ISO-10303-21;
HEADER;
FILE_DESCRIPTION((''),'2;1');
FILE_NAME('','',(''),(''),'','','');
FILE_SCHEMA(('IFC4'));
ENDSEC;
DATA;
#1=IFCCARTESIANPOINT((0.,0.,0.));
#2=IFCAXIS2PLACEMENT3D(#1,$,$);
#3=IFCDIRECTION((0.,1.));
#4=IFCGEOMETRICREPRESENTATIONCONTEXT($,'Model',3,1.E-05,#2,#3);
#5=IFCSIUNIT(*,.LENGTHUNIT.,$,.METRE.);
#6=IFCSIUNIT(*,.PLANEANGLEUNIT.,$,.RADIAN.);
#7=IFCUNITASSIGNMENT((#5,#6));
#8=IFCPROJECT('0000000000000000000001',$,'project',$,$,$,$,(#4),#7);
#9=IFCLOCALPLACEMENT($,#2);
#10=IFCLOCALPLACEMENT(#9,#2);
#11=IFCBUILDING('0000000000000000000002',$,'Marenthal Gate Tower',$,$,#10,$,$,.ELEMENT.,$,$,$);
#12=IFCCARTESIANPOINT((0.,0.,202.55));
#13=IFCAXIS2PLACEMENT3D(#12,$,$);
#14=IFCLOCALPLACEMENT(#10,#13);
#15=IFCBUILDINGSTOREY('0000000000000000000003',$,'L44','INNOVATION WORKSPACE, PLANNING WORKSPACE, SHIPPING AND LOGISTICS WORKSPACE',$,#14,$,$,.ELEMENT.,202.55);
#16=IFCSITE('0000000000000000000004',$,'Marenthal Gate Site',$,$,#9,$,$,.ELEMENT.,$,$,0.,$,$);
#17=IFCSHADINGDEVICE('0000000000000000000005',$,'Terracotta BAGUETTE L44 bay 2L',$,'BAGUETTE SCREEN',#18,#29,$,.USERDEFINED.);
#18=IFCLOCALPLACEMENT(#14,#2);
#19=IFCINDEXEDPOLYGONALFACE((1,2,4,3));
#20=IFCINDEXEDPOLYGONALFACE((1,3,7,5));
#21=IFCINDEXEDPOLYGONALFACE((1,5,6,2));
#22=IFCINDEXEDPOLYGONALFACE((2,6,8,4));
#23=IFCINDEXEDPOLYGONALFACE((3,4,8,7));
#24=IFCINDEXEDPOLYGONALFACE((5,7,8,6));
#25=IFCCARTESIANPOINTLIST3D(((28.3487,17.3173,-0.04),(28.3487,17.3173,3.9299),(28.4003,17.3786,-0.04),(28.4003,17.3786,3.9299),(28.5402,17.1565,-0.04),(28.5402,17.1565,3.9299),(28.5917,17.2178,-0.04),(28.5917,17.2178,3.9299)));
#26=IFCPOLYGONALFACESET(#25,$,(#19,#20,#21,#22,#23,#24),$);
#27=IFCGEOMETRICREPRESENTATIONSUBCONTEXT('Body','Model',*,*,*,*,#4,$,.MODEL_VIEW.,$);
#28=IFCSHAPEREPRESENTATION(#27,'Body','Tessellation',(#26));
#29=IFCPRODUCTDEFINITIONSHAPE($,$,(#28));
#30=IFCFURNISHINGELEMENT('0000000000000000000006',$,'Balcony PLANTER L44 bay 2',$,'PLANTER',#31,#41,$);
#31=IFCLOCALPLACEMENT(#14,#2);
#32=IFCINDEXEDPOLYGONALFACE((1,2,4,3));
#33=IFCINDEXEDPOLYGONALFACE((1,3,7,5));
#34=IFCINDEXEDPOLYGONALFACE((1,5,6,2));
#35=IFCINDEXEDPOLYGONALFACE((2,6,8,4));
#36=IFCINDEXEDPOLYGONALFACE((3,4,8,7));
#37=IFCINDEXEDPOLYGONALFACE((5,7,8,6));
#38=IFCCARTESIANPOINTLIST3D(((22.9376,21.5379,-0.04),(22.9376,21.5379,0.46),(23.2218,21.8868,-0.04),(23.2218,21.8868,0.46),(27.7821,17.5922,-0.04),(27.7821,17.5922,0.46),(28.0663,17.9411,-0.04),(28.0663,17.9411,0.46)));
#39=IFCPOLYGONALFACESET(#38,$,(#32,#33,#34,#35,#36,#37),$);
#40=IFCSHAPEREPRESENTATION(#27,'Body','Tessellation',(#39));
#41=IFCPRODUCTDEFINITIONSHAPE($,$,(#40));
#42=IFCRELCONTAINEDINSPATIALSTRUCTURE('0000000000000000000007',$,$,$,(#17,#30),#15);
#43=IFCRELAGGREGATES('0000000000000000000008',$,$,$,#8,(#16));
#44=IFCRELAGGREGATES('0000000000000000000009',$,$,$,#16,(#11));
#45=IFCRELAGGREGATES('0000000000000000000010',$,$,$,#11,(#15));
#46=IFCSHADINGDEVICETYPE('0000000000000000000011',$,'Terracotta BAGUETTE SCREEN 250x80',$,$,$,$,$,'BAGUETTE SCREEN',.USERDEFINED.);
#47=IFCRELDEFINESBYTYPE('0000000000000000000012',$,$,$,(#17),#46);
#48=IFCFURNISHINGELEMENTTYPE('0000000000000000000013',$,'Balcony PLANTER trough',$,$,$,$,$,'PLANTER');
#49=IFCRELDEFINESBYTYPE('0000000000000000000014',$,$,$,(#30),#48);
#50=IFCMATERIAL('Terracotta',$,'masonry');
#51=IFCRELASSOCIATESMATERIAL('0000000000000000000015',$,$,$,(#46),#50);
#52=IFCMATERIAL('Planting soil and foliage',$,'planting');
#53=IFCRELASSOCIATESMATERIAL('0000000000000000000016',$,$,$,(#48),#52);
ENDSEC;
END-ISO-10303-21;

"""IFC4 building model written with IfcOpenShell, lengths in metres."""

from ifc_helpers import new_model, si_unit, direction, frame, origin, origin_2d, place, context, subcontext, project, spatial, rectangle, extrude, material, material_profile, profile_set, type_object, element, save


model = new_model("IFC4")

# Units and contexts
model_context = context("Model", 3, precision=1e-05, world=origin(), true_north=direction((0.0, 1.0)))
body_context = subcontext(model_context, "Body", "Model", "MODEL_VIEW")
ifc_project = project(units=[si_unit("LENGTHUNIT", "METRE"), si_unit("PLANEANGLEUNIT", "RADIAN")], contexts=[model_context])

# Site, building, storey
site_placement = place(None, origin())
site = spatial("IfcSite", under=ifc_project, at=site_placement, Name="Marenthal Gate Site", CompositionType="ELEMENT", RefElevation=0.0)
building_placement = place(site_placement, origin())
building = spatial("IfcBuilding", under=site, at=building_placement, Name="Marenthal Gate Tower", CompositionType="ELEMENT")
storey_placement = place(building_placement, frame((0.0, 0.0, 202.55)))
storey = spatial("IfcBuildingStorey", under=building, at=storey_placement, Name="L44", Description="INNOVATION WORKSPACE, PLANNING WORKSPACE, SHIPPING AND LOGISTICS WORKSPACE", CompositionType="ELEMENT", Elevation=202.55)

# Shading device
ifc_material_1 = material(Name="Terracotta", Category="masonry")
ifc_material_profile_1 = material_profile(ifc_material_1, rectangle(XDim=0.25, YDim=0.0801, at=origin_2d()), Name="Terracotta baguette 250x80")
ifc_profile_set_1 = profile_set([ifc_material_profile_1], Name="Terracotta")
shading_device_type = type_object("IfcShadingDeviceType", Name="Terracotta BAGUETTE SCREEN 250x80", ElementType="BAGUETTE SCREEN", PredefinedType="USERDEFINED", material=ifc_profile_set_1)
shading_device_placement = place(storey_placement, frame((28.4702, 17.2676, -0.04), z_axis=(0.0, 0.0, 1.0), x_axis=(-0.765705, 0.643192, 0.0)))
element("IfcShadingDevice", 1, at=shading_device_placement, inside=storey, type_object=shading_device_type, Name="Terracotta BAGUETTE L44 bay 2L", ObjectType="BAGUETTE SCREEN", PredefinedType="USERDEFINED", context=body_context, shape_type="SweptSolid", body=[
    extrude(rectangle(XDim=0.25, YDim=0.0801, at=origin_2d()), origin(), (0.0, 0.0, 1.0), 3.97),
])

# Furnishing element
ifc_material_2 = material(Name="Planting soil and foliage", Category="planting")
furnishing_element_type = type_object("IfcFurnishingElementType", Name="Balcony PLANTER trough", ElementType="PLANTER", material=ifc_material_2)
furnishing_placement = place(storey_placement, frame((25.502, 19.7395, -0.04), z_axis=(0.0, 0.0, 1.0), x_axis=(-0.77536, 0.63152, 0.0)))
element("IfcFurnishingElement", 2, at=furnishing_placement, inside=storey, type_object=furnishing_element_type, Name="Balcony PLANTER L44 bay 2", ObjectType="PLANTER", context=body_context, shape_type="SweptSolid", body=[
    extrude(rectangle(XDim=6.248, YDim=0.45, at=origin_2d()), origin(), (0.0, 0.0, 1.0), 0.5),
])

save(model, "model.ifc")
